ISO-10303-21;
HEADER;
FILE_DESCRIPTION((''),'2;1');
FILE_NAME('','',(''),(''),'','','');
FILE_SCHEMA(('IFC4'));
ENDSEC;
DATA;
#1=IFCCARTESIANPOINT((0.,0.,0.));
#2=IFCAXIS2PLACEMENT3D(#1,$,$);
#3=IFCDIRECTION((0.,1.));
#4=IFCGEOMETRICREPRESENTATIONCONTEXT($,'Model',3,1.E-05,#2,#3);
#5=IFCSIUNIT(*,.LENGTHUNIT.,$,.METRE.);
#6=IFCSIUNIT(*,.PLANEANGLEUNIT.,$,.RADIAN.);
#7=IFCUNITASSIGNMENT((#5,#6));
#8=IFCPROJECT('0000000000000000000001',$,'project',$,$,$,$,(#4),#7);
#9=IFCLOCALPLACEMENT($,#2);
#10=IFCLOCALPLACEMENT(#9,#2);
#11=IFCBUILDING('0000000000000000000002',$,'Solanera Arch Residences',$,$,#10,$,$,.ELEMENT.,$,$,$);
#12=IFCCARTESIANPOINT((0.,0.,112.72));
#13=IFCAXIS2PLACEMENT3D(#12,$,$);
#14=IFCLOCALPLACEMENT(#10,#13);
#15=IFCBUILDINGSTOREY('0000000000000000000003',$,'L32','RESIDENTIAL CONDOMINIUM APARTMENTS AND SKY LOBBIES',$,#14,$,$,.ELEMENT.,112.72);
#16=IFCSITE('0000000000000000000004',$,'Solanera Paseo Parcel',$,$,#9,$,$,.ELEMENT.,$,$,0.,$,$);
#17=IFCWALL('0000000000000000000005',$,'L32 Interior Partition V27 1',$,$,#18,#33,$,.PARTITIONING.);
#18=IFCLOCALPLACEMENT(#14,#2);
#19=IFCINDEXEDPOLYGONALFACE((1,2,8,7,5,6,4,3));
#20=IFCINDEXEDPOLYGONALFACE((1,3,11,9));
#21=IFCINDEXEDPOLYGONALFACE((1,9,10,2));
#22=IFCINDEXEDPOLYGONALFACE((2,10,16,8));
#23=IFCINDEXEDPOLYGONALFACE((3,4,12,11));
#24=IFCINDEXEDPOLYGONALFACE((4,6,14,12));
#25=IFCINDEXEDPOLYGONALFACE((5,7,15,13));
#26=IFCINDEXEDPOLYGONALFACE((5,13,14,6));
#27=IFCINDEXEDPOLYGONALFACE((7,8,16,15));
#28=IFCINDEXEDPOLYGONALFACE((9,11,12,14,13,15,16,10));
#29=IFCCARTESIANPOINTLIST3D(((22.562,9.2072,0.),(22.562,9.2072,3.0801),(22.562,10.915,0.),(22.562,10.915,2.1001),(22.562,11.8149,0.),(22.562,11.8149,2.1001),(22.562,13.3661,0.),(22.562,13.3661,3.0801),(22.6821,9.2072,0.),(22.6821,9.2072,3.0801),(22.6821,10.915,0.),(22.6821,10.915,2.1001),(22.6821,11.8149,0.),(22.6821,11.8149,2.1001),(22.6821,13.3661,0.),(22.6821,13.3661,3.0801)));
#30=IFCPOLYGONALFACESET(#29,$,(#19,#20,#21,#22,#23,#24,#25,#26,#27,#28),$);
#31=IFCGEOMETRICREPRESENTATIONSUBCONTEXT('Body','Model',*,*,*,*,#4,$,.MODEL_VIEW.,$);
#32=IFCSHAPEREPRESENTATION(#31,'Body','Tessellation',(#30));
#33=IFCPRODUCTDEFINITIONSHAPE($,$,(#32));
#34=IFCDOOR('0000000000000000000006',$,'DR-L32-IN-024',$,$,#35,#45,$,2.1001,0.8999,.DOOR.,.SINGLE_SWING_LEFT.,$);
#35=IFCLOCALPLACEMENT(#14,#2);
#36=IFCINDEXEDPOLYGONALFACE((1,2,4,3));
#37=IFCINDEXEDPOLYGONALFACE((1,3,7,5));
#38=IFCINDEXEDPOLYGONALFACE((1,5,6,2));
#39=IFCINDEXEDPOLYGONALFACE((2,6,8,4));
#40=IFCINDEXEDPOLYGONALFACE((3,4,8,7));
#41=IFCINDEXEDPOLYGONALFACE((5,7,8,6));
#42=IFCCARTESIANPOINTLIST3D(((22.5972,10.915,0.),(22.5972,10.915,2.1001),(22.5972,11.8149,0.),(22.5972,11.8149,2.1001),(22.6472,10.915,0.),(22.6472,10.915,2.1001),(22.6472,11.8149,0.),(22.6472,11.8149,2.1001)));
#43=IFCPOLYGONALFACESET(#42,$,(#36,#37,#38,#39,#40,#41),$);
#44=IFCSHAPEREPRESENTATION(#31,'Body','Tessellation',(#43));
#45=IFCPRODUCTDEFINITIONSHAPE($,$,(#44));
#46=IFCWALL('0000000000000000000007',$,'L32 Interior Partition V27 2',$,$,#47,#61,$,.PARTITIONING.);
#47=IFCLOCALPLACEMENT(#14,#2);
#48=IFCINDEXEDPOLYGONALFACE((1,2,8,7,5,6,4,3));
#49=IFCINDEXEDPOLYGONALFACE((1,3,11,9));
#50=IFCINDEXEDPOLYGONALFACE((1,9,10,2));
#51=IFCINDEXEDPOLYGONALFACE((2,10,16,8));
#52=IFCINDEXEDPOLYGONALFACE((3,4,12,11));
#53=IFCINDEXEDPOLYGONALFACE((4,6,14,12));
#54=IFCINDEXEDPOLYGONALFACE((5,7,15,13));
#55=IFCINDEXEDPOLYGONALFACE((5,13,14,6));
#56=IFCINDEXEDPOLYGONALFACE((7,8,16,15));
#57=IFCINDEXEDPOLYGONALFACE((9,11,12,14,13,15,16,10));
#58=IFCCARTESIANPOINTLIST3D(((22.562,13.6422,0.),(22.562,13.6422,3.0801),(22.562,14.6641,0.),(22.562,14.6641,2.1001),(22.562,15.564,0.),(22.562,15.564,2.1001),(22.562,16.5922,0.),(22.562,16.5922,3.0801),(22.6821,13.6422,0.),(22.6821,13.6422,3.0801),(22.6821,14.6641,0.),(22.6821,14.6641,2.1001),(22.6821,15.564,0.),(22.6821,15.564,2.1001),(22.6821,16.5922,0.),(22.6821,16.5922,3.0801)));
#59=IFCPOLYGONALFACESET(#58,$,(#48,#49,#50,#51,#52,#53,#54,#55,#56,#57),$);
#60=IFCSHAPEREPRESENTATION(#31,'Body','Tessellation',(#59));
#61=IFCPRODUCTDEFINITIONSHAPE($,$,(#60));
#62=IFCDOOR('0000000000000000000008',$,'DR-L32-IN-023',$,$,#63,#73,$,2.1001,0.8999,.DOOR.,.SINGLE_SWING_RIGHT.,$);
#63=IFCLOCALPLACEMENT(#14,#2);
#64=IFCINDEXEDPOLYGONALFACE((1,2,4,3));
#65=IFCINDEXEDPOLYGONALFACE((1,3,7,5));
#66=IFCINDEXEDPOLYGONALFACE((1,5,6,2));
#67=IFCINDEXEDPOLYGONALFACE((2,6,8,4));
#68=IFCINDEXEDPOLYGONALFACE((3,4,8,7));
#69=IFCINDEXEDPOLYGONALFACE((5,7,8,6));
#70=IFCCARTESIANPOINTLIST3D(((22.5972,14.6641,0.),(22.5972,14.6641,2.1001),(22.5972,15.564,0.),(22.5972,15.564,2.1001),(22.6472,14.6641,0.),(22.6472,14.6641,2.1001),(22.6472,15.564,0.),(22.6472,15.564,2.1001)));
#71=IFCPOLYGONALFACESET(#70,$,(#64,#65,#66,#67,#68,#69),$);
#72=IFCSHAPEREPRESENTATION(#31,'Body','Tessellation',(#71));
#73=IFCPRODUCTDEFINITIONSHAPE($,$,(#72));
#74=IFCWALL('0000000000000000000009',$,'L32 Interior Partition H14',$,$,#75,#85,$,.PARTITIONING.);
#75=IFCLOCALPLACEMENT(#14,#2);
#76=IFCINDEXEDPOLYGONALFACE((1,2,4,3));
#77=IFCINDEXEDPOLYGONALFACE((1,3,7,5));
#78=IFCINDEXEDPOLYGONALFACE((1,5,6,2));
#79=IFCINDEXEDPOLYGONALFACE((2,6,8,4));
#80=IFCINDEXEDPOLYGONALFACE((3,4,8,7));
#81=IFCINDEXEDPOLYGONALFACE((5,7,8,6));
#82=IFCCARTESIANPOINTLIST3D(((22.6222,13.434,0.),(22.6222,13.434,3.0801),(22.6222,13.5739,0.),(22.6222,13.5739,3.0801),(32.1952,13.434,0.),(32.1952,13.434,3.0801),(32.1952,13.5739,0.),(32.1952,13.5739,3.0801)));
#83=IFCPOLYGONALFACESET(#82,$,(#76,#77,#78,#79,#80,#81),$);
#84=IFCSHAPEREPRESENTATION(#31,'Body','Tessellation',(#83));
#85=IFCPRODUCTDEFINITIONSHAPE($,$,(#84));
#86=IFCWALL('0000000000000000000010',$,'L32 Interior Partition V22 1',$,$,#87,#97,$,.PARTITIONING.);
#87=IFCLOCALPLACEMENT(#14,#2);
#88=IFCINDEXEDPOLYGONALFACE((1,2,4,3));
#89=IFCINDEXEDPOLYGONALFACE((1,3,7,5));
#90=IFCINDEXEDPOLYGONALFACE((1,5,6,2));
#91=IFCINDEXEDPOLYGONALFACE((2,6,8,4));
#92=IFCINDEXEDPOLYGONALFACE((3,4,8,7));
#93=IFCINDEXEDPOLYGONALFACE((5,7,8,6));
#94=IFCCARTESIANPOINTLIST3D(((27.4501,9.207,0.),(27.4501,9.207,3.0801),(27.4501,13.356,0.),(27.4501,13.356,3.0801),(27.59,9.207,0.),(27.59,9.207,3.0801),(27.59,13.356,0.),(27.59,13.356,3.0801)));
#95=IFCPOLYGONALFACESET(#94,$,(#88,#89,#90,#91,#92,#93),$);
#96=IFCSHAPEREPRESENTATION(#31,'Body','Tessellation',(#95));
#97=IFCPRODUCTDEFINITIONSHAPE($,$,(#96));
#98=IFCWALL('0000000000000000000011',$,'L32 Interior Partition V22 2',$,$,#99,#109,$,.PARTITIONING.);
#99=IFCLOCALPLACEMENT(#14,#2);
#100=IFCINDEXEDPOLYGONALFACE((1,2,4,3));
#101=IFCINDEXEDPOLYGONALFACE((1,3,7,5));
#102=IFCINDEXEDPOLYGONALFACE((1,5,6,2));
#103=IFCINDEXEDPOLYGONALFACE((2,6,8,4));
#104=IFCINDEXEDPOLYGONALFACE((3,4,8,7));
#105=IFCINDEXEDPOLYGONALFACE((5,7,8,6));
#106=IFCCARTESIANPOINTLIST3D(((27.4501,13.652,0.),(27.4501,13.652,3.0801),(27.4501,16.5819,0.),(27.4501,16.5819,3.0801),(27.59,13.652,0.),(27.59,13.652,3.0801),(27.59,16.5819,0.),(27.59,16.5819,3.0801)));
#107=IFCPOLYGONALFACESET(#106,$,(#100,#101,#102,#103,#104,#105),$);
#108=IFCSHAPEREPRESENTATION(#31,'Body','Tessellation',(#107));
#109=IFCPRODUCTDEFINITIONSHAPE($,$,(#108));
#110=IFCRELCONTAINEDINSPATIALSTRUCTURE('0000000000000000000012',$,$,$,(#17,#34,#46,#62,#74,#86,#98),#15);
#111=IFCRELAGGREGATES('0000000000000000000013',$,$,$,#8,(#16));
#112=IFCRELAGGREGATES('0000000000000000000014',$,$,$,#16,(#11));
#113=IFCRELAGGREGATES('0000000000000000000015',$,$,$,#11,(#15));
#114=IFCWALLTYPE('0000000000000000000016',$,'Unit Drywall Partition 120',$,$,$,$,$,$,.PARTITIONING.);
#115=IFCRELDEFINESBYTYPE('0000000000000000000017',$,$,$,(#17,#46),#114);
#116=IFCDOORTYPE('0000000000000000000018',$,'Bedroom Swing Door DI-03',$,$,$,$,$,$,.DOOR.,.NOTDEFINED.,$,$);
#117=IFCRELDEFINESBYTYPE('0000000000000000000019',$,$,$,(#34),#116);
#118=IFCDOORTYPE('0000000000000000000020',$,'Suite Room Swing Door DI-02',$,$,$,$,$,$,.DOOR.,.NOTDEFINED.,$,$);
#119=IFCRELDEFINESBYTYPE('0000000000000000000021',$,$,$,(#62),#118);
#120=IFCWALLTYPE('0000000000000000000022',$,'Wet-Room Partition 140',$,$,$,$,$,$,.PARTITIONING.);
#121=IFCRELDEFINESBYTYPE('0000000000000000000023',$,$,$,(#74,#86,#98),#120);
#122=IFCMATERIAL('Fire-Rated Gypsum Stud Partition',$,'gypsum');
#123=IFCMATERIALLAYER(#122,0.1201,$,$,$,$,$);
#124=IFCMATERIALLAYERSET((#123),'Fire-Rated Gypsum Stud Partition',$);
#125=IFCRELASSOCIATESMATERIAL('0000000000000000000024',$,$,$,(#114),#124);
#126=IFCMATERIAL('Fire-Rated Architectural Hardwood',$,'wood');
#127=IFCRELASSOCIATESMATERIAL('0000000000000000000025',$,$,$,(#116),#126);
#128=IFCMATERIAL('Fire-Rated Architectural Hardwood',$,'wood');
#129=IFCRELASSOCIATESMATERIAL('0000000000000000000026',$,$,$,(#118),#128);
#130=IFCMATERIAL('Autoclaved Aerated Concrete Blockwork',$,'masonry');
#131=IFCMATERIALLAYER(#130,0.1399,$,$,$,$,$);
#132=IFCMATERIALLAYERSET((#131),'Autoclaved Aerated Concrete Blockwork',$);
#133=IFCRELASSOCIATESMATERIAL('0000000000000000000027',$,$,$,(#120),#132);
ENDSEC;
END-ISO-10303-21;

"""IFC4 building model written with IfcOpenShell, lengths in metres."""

from ifc_helpers import new_model, si_unit, direction, frame, frame_2d, origin, place, context, subcontext, project, spatial, rectangle, extrude, material, layer, layer_set, type_object, element, fill, save


model = new_model("IFC4")

# Units and contexts
model_context = context("Model", 3, precision=1e-05, world=origin(), true_north=direction((0.0, 1.0)))
body_context = subcontext(model_context, "Body", "Model", "MODEL_VIEW")
ifc_project = project(units=[si_unit("LENGTHUNIT", "METRE"), si_unit("PLANEANGLEUNIT", "RADIAN")], contexts=[model_context])

# Site, building, storey
site_placement = place(None, origin())
site = spatial("IfcSite", under=ifc_project, at=site_placement, Name="Solanera Paseo Parcel", CompositionType="ELEMENT", RefElevation=0.0)
building_placement = place(site_placement, origin())
building = spatial("IfcBuilding", under=site, at=building_placement, Name="Solanera Arch Residences", CompositionType="ELEMENT")
storey_placement = place(building_placement, frame((0.0, 0.0, 112.72)))
storey = spatial("IfcBuildingStorey", under=building, at=storey_placement, Name="L32", Description="RESIDENTIAL CONDOMINIUM APARTMENTS AND SKY LOBBIES", CompositionType="ELEMENT", Elevation=112.72)

# Walls, openings, doors
ifc_material_1 = material(Name="Fire-Rated Gypsum Stud Partition", Category="gypsum")
ifc_layer_1 = layer(ifc_material_1, 0.1201)
ifc_layer_set_1 = layer_set([ifc_layer_1], Name="Fire-Rated Gypsum Stud Partition")
wall_type_1 = type_object("IfcWallType", Name="Unit Drywall Partition 120", PredefinedType="PARTITIONING", material=ifc_layer_set_1)
wall_1_placement = place(storey_placement, frame((22.6221, 9.207, 0.0), z_axis=(0.0, 0.0, 1.0), x_axis=(0.0, 1.0, 0.0)))
wall_1 = element("IfcWall", 1, at=wall_1_placement, inside=storey, type_object=wall_type_1, Name="L32 Interior Partition V27 1", PredefinedType="PARTITIONING", context=body_context, shape_type="SweptSolid", body=[
    extrude(rectangle(XDim=4.1589, YDim=0.1201, at=frame_2d((2.0796, 0.0))), origin(), (0.0, 0.0, 1.0), 3.0801),
])
opening_1_placement = place(wall_1_placement, frame((1.708, 0.0, 0.0)))
opening_1 = element("IfcOpeningElement", 2, at=opening_1_placement, cuts=wall_1, PredefinedType="OPENING", context=body_context, shape_type="SweptSolid", body=[
    extrude(rectangle(XDim=0.8999, YDim=2.1001, at=frame_2d((0.45, 1.05))), frame((0.0, 0.0701, 0.0), z_axis=(0.0, -1.0, 0.0), x_axis=(1.0, 0.0, 0.0)), (0.0, 0.0, 1.0), 0.1401),
])
ifc_material_2 = material(Name="Fire-Rated Architectural Hardwood", Category="wood")
door_type_1 = type_object("IfcDoorType", Name="Bedroom Swing Door DI-03", OperationType="NOTDEFINED", PredefinedType="DOOR", material=ifc_material_2)
door_1_placement = place(opening_1_placement, origin())
door_1 = element("IfcDoor", 3, at=door_1_placement, inside=storey, type_object=door_type_1, Name="DR-L32-IN-024", OperationType="SINGLE_SWING_LEFT", OverallHeight=2.1001, OverallWidth=0.8999, PredefinedType="DOOR", context=body_context, shape_type="SweptSolid", body=[
    extrude(rectangle(XDim=0.8999, YDim=2.1001, at=frame_2d((0.45, 1.05))), frame((0.0, 0.0249, 0.0), z_axis=(0.0, -1.0, 0.0), x_axis=(1.0, 0.0, 0.0)), (0.0, 0.0, 1.0), 0.05),
])
fill(opening_1, door_1)
wall_2_placement = place(storey_placement, frame((22.6221, 13.6421, 0.0), z_axis=(0.0, 0.0, 1.0), x_axis=(0.0, 1.0, 0.0)))
wall_2 = element("IfcWall", 4, at=wall_2_placement, inside=storey, type_object=wall_type_1, Name="L32 Interior Partition V27 2", PredefinedType="PARTITIONING", context=body_context, shape_type="SweptSolid", body=[
    extrude(rectangle(XDim=2.95, YDim=0.1201, at=frame_2d((1.4751, 0.0))), origin(), (0.0, 0.0, 1.0), 3.0801),
])
opening_2_placement = place(wall_2_placement, frame((1.022, 0.0, 0.0)))
opening_2 = element("IfcOpeningElement", 5, at=opening_2_placement, cuts=wall_2, PredefinedType="OPENING", context=body_context, shape_type="SweptSolid", body=[
    extrude(rectangle(XDim=0.8999, YDim=2.1001, at=frame_2d((0.45, 1.05))), frame((0.0, 0.0701, 0.0), z_axis=(0.0, -1.0, 0.0), x_axis=(1.0, 0.0, 0.0)), (0.0, 0.0, 1.0), 0.1401),
])
ifc_material_3 = material(Name="Fire-Rated Architectural Hardwood", Category="wood")
door_type_2 = type_object("IfcDoorType", Name="Suite Room Swing Door DI-02", OperationType="NOTDEFINED", PredefinedType="DOOR", material=ifc_material_3)
door_2_placement = place(opening_2_placement, origin())
door_2 = element("IfcDoor", 6, at=door_2_placement, inside=storey, type_object=door_type_2, Name="DR-L32-IN-023", OperationType="SINGLE_SWING_RIGHT", OverallHeight=2.1001, OverallWidth=0.8999, PredefinedType="DOOR", context=body_context, shape_type="SweptSolid", body=[
    extrude(rectangle(XDim=0.8999, YDim=2.1001, at=frame_2d((0.45, 1.05))), frame((0.0, 0.0249, 0.0), z_axis=(0.0, -1.0, 0.0), x_axis=(1.0, 0.0, 0.0)), (0.0, 0.0, 1.0), 0.05),
])
fill(opening_2, door_2)

# Walls
ifc_material_4 = material(Name="Autoclaved Aerated Concrete Blockwork", Category="masonry")
ifc_layer_2 = layer(ifc_material_4, 0.1399)
ifc_layer_set_2 = layer_set([ifc_layer_2], Name="Autoclaved Aerated Concrete Blockwork")
wall_type_2 = type_object("IfcWallType", Name="Wet-Room Partition 140", PredefinedType="PARTITIONING", material=ifc_layer_set_2)
wall_3_placement = place(storey_placement, frame((22.6221, 13.5039, 0.0), z_axis=(0.0, 0.0, 1.0), x_axis=(1.0, 0.0, 0.0)))
element("IfcWall", 7, at=wall_3_placement, inside=storey, type_object=wall_type_2, Name="L32 Interior Partition H14", PredefinedType="PARTITIONING", context=body_context, shape_type="SweptSolid", body=[
    extrude(rectangle(XDim=9.573, YDim=0.1399, at=frame_2d((4.7866, 0.0))), origin(), (0.0, 0.0, 1.0), 3.0801),
])
wall_4_placement = place(storey_placement, frame((27.52, 9.207, 0.0), z_axis=(0.0, 0.0, 1.0), x_axis=(0.0, 1.0, 0.0)))
element("IfcWall", 8, at=wall_4_placement, inside=storey, type_object=wall_type_2, Name="L32 Interior Partition V22 1", PredefinedType="PARTITIONING", context=body_context, shape_type="SweptSolid", body=[
    extrude(rectangle(XDim=4.1489, YDim=0.1399, at=frame_2d((2.0745, 0.0))), origin(), (0.0, 0.0, 1.0), 3.0801),
])
wall_5_placement = place(storey_placement, frame((27.52, 13.6521, 0.0), z_axis=(0.0, 0.0, 1.0), x_axis=(0.0, 1.0, 0.0)))
element("IfcWall", 9, at=wall_5_placement, inside=storey, type_object=wall_type_2, Name="L32 Interior Partition V22 2", PredefinedType="PARTITIONING", context=body_context, shape_type="SweptSolid", body=[
    extrude(rectangle(XDim=2.9299, YDim=0.1399, at=frame_2d((1.4648, 0.0))), origin(), (0.0, 0.0, 1.0), 3.0801),
])

save(model, "model.ifc")
